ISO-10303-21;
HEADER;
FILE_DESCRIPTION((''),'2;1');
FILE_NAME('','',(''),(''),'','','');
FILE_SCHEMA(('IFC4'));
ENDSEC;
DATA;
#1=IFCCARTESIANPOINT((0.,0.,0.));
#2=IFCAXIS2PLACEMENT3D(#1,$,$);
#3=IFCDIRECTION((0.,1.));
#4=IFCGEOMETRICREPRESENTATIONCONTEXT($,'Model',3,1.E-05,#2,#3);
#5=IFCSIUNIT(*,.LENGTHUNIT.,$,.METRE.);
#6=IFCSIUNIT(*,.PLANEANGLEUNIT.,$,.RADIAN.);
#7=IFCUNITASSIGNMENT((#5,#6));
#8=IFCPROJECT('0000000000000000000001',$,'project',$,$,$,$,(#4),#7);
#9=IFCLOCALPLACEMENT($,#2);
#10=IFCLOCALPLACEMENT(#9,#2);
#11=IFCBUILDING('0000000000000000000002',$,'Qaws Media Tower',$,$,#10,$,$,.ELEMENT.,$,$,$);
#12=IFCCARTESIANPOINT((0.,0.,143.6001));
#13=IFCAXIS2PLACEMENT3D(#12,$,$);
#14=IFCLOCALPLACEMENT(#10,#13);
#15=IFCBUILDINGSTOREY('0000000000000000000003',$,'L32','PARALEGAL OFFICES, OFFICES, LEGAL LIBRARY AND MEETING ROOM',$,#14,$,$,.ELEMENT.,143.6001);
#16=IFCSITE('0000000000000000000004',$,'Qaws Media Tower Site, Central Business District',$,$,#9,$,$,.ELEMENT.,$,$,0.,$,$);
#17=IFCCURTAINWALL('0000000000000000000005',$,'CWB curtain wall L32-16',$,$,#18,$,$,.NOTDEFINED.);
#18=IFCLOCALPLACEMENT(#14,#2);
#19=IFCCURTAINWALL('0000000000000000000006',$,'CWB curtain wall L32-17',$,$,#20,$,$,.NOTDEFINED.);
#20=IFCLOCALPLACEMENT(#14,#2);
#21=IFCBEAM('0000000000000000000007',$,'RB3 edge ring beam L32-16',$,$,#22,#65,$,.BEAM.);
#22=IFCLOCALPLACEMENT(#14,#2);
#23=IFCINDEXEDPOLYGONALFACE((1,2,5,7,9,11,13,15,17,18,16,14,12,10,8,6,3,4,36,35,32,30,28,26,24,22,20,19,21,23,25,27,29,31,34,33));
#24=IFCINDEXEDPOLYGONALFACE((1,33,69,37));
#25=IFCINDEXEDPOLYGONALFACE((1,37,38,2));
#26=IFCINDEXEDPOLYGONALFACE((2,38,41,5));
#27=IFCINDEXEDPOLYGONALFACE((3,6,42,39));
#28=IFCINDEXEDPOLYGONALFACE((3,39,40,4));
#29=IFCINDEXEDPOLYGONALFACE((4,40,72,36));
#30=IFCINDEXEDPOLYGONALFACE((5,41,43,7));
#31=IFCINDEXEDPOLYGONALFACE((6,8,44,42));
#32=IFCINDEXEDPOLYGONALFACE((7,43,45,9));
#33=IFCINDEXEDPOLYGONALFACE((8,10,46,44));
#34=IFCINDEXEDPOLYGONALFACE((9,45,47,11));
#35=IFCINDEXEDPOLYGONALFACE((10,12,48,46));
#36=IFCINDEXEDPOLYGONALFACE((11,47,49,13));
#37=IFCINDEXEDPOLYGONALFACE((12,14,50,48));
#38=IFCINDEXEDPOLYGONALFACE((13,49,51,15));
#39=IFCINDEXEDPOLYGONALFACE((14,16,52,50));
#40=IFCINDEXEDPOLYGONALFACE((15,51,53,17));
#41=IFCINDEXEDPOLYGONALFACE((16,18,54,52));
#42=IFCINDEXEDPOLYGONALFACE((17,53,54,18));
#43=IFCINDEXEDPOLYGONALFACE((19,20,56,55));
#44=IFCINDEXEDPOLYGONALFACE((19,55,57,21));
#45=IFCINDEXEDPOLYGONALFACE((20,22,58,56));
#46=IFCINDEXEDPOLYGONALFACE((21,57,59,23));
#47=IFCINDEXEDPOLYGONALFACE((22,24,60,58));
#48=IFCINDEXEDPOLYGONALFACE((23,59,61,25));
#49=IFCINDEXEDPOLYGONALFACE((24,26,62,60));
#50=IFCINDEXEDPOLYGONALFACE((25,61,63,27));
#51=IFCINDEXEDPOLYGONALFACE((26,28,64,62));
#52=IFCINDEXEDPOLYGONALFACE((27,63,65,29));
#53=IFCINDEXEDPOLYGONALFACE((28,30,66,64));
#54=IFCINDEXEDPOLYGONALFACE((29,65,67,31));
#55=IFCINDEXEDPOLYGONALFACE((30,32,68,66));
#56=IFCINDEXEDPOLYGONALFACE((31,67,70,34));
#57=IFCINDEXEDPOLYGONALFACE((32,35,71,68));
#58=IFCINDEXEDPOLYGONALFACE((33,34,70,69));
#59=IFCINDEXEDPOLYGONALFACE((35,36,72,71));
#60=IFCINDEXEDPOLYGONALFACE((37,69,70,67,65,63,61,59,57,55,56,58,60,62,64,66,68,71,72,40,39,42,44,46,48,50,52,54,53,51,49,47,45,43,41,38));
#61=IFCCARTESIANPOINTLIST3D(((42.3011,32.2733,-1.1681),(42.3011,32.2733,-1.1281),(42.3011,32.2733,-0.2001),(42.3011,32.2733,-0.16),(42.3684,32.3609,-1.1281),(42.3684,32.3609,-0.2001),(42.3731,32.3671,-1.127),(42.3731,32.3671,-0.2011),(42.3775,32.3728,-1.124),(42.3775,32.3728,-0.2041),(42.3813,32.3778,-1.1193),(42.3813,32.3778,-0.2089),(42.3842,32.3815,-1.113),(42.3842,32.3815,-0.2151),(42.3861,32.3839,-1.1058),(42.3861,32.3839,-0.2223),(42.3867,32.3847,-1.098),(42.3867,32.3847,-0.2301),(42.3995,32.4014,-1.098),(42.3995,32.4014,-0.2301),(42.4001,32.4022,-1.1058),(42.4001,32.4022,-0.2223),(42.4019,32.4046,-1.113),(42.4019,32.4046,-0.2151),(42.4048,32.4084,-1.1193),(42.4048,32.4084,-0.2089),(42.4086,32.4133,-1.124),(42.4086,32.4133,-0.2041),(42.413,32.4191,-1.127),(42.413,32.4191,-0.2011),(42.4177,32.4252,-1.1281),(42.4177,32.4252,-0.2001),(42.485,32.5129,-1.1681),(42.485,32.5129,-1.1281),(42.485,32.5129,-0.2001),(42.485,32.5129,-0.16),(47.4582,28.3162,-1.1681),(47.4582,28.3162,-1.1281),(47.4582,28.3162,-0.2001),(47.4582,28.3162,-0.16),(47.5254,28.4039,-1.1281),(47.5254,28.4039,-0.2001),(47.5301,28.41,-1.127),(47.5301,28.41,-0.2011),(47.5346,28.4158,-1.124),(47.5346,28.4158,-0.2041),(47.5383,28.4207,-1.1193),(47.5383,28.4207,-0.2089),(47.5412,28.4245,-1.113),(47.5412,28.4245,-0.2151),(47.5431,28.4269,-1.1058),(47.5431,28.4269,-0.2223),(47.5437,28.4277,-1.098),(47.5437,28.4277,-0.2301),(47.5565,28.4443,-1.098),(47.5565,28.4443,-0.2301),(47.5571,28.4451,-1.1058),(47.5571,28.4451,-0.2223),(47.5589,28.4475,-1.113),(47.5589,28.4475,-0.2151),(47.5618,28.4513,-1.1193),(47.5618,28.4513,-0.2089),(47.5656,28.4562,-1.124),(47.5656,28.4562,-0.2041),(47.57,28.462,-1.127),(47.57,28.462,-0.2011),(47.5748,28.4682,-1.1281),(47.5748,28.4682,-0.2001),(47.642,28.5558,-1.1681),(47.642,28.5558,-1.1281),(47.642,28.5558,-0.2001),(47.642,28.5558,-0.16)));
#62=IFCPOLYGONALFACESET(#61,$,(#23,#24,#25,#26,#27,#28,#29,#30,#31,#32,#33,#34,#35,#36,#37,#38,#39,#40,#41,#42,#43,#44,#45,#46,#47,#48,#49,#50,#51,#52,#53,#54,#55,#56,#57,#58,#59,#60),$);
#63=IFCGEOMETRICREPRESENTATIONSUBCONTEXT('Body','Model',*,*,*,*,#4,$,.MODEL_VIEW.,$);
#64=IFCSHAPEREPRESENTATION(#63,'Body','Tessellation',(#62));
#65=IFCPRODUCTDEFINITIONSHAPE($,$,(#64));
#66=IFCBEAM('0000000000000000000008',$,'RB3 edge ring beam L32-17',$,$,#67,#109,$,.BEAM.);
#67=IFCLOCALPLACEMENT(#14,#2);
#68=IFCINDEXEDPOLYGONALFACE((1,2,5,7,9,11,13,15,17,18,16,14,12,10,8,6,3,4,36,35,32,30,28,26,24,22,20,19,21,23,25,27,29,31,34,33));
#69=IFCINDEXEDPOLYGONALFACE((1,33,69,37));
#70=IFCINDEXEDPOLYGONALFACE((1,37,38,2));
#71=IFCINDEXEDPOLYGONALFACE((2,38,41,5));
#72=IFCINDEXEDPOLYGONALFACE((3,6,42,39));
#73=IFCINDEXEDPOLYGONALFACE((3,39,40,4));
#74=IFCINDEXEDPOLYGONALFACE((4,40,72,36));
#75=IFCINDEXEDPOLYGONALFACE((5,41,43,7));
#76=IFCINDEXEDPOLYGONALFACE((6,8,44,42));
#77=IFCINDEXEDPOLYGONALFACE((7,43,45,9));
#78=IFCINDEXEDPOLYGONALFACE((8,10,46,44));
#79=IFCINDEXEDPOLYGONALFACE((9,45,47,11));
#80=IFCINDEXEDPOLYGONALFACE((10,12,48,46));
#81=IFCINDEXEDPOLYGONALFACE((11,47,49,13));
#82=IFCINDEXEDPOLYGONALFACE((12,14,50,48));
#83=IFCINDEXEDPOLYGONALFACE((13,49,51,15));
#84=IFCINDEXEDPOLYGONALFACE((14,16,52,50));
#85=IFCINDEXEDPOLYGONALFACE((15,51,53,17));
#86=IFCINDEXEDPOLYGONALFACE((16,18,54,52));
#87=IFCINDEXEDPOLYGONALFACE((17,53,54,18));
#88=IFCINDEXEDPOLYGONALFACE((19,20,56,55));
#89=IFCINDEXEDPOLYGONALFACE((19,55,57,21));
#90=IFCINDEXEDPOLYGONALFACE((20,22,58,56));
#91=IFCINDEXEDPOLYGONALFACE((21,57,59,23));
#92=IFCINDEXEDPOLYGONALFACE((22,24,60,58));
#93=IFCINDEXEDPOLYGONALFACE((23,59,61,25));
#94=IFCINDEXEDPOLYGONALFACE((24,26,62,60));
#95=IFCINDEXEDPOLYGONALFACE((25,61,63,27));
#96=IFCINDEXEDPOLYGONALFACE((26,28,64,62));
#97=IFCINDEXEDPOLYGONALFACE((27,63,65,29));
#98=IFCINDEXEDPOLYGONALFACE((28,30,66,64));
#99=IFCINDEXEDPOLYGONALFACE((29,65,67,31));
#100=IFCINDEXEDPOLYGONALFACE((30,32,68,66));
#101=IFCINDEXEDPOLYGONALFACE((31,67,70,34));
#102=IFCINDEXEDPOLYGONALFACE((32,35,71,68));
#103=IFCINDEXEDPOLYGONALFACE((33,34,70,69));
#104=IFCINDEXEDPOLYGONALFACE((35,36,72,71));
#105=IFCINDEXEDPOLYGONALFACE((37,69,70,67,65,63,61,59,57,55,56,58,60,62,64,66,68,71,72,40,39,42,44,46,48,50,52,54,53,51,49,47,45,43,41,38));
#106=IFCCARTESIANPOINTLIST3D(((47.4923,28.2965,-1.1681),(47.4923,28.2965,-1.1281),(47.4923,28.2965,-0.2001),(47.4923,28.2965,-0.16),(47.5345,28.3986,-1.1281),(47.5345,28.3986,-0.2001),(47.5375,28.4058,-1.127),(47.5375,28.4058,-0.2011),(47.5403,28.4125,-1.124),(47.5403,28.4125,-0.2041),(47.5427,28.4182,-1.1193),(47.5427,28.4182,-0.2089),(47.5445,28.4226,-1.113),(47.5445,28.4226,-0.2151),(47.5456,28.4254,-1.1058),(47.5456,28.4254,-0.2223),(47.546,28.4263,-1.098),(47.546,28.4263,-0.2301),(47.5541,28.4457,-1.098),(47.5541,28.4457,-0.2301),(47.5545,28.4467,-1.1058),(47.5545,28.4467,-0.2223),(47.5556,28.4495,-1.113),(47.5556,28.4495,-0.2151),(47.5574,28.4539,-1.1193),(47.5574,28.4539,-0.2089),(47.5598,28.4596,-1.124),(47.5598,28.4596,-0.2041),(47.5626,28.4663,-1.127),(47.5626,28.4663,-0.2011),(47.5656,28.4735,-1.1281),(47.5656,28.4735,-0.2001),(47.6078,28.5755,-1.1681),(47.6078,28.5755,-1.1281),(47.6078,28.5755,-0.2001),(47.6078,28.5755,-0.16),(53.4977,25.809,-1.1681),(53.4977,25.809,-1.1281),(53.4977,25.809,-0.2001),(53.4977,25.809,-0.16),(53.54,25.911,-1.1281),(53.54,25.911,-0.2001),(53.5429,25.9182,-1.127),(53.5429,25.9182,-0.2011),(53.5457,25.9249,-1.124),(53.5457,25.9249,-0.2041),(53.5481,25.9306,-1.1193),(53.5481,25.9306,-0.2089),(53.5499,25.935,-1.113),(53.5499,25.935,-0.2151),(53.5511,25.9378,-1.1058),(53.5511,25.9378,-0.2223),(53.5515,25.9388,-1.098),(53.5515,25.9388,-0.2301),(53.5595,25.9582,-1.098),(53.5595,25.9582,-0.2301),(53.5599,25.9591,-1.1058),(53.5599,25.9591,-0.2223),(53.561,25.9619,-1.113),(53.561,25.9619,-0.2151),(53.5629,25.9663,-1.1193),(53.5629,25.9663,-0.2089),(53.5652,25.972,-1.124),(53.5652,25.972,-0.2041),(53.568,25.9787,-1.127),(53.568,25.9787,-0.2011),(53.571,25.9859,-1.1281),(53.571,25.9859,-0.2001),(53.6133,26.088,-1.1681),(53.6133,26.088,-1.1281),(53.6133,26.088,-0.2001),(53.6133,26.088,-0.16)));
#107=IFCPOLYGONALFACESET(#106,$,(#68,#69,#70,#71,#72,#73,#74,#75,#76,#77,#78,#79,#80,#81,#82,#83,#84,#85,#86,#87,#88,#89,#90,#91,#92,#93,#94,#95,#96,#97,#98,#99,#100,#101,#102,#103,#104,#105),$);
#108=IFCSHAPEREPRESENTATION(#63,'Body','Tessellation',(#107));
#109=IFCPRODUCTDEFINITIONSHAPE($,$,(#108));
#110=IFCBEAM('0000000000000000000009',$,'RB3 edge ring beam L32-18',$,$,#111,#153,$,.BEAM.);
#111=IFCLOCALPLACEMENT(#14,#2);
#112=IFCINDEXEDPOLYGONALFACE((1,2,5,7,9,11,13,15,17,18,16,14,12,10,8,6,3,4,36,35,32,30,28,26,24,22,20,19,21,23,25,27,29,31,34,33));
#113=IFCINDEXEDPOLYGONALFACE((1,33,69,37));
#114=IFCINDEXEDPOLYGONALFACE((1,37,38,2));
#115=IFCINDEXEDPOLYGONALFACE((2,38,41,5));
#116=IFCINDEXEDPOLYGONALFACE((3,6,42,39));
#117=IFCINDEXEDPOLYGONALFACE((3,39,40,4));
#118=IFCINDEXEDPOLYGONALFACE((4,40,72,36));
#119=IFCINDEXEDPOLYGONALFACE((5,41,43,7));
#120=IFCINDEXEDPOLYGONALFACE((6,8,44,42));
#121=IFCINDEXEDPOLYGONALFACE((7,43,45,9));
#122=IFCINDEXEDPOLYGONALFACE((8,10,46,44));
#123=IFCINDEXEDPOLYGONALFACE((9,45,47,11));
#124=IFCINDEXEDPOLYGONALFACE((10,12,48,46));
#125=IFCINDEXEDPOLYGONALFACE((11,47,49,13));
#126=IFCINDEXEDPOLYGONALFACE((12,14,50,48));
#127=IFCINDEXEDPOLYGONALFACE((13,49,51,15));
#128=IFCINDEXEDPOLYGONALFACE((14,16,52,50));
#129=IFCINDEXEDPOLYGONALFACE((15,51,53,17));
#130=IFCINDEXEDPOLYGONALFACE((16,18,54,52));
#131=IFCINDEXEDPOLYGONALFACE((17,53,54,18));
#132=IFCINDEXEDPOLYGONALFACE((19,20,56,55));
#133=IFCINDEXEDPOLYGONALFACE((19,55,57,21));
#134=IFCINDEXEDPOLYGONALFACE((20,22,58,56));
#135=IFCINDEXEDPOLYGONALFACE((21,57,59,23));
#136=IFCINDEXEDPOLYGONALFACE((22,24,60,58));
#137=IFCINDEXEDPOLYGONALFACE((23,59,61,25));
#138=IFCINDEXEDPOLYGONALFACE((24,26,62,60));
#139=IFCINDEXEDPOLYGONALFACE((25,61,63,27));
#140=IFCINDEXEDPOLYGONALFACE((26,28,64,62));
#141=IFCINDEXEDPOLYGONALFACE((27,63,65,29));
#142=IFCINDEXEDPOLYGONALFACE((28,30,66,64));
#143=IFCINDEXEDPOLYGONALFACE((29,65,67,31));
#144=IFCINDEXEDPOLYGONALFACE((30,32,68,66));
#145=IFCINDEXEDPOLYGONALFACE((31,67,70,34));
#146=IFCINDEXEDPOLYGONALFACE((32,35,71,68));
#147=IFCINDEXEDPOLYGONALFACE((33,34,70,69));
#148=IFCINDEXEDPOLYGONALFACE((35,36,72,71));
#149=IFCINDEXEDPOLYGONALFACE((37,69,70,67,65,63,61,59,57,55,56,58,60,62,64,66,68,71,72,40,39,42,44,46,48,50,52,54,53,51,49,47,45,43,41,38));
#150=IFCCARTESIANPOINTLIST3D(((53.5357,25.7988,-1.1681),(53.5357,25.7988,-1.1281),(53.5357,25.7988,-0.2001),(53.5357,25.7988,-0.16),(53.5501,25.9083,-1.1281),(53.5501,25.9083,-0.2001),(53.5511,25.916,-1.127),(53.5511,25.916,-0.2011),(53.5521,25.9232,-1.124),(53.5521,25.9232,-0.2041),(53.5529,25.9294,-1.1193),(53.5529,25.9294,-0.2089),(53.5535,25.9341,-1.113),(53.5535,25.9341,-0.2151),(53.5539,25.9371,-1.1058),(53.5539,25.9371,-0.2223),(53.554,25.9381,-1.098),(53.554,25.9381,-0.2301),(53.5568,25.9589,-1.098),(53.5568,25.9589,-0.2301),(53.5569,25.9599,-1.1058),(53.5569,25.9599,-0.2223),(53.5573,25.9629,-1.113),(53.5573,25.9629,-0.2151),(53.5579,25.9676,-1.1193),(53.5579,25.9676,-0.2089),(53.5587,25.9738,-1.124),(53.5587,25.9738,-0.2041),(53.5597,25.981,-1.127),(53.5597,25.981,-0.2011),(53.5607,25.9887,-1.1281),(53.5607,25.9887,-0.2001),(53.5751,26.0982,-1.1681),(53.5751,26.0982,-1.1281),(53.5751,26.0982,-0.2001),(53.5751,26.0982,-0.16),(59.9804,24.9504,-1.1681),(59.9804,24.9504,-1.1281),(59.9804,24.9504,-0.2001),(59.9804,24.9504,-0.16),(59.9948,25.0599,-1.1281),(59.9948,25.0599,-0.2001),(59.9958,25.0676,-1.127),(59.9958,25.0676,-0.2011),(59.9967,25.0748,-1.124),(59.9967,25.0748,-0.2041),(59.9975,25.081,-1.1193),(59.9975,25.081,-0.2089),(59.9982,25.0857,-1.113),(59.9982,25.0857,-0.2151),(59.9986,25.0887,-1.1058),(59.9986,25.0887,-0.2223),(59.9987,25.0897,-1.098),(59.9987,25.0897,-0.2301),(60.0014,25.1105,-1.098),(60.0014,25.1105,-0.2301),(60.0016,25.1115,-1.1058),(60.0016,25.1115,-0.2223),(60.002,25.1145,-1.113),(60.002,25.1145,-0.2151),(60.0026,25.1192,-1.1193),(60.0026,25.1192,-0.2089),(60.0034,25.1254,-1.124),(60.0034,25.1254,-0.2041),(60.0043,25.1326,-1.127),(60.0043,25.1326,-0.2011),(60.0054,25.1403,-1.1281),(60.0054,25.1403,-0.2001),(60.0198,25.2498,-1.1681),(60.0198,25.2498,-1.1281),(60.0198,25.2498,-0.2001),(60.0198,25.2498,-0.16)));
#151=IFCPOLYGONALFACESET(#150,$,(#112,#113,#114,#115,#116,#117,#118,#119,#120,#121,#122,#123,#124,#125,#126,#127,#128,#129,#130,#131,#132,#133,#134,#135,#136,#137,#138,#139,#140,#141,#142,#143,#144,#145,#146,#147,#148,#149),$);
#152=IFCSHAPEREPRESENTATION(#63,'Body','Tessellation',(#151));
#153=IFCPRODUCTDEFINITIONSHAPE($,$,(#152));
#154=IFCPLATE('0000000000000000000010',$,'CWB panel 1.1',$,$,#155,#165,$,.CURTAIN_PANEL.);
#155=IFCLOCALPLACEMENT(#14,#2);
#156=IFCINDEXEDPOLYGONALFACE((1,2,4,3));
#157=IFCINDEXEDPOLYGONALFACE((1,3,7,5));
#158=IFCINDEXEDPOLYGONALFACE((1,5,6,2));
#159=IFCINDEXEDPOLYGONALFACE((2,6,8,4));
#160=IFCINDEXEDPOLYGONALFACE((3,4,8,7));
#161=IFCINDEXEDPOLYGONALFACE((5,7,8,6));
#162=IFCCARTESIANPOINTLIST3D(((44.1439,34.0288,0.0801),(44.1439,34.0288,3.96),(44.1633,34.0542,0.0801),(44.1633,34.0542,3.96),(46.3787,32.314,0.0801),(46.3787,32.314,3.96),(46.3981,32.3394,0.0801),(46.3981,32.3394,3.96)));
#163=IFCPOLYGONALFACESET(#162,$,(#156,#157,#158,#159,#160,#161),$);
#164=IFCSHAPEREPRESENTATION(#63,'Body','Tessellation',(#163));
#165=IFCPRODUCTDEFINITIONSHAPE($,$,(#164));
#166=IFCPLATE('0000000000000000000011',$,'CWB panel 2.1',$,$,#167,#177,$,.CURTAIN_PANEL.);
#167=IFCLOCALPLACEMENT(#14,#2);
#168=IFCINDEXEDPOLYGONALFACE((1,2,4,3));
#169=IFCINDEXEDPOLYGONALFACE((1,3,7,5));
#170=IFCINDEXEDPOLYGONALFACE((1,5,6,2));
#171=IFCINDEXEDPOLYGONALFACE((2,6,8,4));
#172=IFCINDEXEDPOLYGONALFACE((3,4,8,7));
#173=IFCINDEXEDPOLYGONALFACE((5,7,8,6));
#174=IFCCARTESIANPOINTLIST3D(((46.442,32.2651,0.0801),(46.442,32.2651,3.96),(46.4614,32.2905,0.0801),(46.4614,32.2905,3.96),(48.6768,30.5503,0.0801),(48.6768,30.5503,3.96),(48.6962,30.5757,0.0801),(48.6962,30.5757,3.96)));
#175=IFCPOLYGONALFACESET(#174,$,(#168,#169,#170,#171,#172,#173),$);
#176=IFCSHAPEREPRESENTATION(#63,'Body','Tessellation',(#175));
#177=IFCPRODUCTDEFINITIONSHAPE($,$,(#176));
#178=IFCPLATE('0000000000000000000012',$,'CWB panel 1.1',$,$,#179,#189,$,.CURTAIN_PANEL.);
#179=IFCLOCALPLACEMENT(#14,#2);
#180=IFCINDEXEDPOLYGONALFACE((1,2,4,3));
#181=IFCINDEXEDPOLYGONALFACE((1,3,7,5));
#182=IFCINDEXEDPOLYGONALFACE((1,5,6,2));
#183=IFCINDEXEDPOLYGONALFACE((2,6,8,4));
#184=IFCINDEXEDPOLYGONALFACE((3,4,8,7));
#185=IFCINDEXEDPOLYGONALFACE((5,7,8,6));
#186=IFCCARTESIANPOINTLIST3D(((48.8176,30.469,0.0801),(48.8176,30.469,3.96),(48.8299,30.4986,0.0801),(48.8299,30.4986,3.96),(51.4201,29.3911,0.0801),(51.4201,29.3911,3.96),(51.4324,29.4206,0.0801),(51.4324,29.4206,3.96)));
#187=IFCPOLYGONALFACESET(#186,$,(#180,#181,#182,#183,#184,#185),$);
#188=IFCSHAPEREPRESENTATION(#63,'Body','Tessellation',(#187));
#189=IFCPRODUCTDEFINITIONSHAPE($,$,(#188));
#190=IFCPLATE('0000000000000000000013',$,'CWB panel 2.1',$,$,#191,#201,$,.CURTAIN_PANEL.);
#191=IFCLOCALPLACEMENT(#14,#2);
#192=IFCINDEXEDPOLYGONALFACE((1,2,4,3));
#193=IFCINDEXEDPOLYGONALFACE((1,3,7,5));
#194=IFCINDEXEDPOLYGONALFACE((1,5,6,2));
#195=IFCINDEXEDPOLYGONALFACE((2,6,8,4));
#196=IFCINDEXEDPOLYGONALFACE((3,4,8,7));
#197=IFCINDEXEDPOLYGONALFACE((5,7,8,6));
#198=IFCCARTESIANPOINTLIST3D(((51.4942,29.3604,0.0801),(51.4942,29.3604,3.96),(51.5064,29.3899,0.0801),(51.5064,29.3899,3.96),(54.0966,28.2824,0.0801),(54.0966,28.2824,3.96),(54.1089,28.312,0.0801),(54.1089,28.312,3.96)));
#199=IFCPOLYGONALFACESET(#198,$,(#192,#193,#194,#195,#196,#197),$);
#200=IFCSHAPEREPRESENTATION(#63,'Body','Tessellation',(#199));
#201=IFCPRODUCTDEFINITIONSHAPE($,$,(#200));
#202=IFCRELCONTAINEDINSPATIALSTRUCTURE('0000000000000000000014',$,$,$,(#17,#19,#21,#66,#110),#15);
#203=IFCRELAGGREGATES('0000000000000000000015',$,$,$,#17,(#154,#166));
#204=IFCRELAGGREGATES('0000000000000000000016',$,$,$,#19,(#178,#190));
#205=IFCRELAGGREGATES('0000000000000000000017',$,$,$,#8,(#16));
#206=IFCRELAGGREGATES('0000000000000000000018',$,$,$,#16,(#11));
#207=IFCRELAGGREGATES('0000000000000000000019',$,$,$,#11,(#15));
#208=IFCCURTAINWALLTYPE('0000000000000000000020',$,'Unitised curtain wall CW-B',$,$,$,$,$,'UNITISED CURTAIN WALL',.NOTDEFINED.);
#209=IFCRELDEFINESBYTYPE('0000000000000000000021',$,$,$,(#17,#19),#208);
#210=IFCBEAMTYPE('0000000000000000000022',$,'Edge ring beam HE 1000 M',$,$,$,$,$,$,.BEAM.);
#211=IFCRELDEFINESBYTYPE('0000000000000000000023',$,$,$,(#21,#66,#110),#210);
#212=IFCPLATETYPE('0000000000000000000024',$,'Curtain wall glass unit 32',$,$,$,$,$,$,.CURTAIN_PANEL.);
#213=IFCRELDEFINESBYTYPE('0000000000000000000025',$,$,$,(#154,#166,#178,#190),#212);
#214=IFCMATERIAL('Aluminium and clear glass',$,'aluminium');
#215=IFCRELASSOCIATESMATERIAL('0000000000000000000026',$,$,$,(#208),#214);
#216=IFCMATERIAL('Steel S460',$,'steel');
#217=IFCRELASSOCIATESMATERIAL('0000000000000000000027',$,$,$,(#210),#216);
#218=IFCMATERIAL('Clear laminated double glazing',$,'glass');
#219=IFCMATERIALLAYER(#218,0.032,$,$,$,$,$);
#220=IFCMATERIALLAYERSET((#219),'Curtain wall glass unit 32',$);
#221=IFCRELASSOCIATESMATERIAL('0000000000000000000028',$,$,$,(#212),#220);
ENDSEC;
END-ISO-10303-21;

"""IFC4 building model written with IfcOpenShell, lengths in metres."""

from ifc_helpers import new_model, si_unit, direction, frame, origin, origin_2d, place, context, subcontext, project, spatial, rectangle, i_section, extrude, material, layer, layer_set, material_profile, profile_set, type_object, element, aggregate, save


model = new_model("IFC4")

# Units and contexts
model_context = context("Model", 3, precision=1e-05, world=origin(), true_north=direction((0.0, 1.0)))
body_context = subcontext(model_context, "Body", "Model", "MODEL_VIEW")
ifc_project = project(units=[si_unit("LENGTHUNIT", "METRE"), si_unit("PLANEANGLEUNIT", "RADIAN")], contexts=[model_context])

# Site, building, storey
site_placement = place(None, origin())
site = spatial("IfcSite", under=ifc_project, at=site_placement, Name="Qaws Media Tower Site, Central Business District", CompositionType="ELEMENT", RefElevation=0.0)
building_placement = place(site_placement, origin())
building = spatial("IfcBuilding", under=site, at=building_placement, Name="Qaws Media Tower", CompositionType="ELEMENT")
storey_placement = place(building_placement, frame((0.0, 0.0, 143.6001)))
storey = spatial("IfcBuildingStorey", under=building, at=storey_placement, Name="L32", Description="PARALEGAL OFFICES, OFFICES, LEGAL LIBRARY AND MEETING ROOM", CompositionType="ELEMENT", Elevation=143.6001)

# Curtain walls
ifc_material_1 = material(Name="Aluminium and clear glass", Category="aluminium")
curtain_wall_type = type_object("IfcCurtainWallType", Name="Unitised curtain wall CW-B", ElementType="UNITISED CURTAIN WALL", PredefinedType="NOTDEFINED", material=ifc_material_1)
curtain_wall_1_placement = place(storey_placement, origin())
curtain_wall_1 = element("IfcCurtainWall", 1, at=curtain_wall_1_placement, inside=storey, type_object=curtain_wall_type, Name="CWB curtain wall L32-16", PredefinedType="NOTDEFINED")
curtain_wall_2_placement = place(storey_placement, origin())
curtain_wall_2 = element("IfcCurtainWall", 2, at=curtain_wall_2_placement, inside=storey, type_object=curtain_wall_type, Name="CWB curtain wall L32-17", PredefinedType="NOTDEFINED")

# Beams
ifc_material_2 = material(Name="Steel S460", Category="steel")
ifc_material_profile_1 = material_profile(ifc_material_2, i_section(OverallWidth=0.302, OverallDepth=1.0081, WebThickness=0.021, FlangeThickness=0.04, FilletRadius=0.03, at=origin_2d()), Name="HE 1000 M")
ifc_profile_set_1 = profile_set([ifc_material_profile_1], Name="Steel S460")
beam_type = type_object("IfcBeamType", Name="Edge ring beam HE 1000 M", PredefinedType="BEAM", material=ifc_profile_set_1)
for number, where, z_axis, x_axis, name in (
    (3, (42.3931, 32.3931, -0.6641), (0.793358, -0.608756, 0.0), (0.608756, 0.793358, 0.0), "RB3 edge ring beam L32-16"),
    (4, (47.55, 28.436, -0.6641), (0.923877, -0.382689, 0.0), (0.382689, 0.923877, 0.0), "RB3 edge ring beam L32-17"),
    (5, (53.5554, 25.9485, -0.6641), (0.991446, -0.130518, 0.0), (0.130518, 0.991446, 0.0), "RB3 edge ring beam L32-18"),
):
    element("IfcBeam", number, at=place(storey_placement, frame(where, z_axis=z_axis, x_axis=x_axis)), inside=storey, type_object=beam_type, Name=name, PredefinedType="BEAM", context=body_context, shape_type="SweptSolid", body=[
        extrude(i_section(OverallWidth=0.302, OverallDepth=1.0081, WebThickness=0.021, FlangeThickness=0.04, FilletRadius=0.03, at=origin_2d()), origin(), (0.0, 0.0, 1.0), 6.5002),
    ])

# Plates
ifc_material_3 = material(Name="Clear laminated double glazing", Category="glass")
ifc_layer_1 = layer(ifc_material_3, 0.032)
ifc_layer_set_1 = layer_set([ifc_layer_1], Name="Curtain wall glass unit 32")
plate_type_1 = type_object("IfcPlateType", Name="Curtain wall glass unit 32", PredefinedType="CURTAIN_PANEL", material=ifc_layer_set_1)
plate_1_placement = place(storey_placement, frame((45.271, 33.1841, 0.0801), z_axis=(0.0, 0.0, 1.0), x_axis=(0.793353, -0.608761, 0.0)))
plate_1 = element("IfcPlate", 6, at=plate_1_placement, type_object=plate_type_1, Name="CWB panel 1.1", PredefinedType="CURTAIN_PANEL", context=body_context, shape_type="SweptSolid", body=[
    extrude(rectangle(XDim=2.8169, YDim=0.032, at=origin_2d()), origin(), (0.0, 0.0, 1.0), 3.8799),
])
plate_2_placement = place(storey_placement, frame((47.5691, 31.4204, 0.0801), z_axis=(0.0, 0.0, 1.0), x_axis=(0.793353, -0.608761, 0.0)))
plate_2 = element("IfcPlate", 7, at=plate_2_placement, type_object=plate_type_1, Name="CWB panel 2.1", PredefinedType="CURTAIN_PANEL", context=body_context, shape_type="SweptSolid", body=[
    extrude(rectangle(XDim=2.8169, YDim=0.032, at=origin_2d()), origin(), (0.0, 0.0, 1.0), 3.8799),
])
aggregate(curtain_wall_1, [plate_1, plate_2])
plate_3_placement = place(storey_placement, frame((50.125, 29.9448, 0.0801), z_axis=(0.0, 0.0, 1.0), x_axis=(0.92388, -0.382683, 0.0)))
plate_3 = element("IfcPlate", 8, at=plate_3_placement, type_object=plate_type_1, Name="CWB panel 1.1", PredefinedType="CURTAIN_PANEL", context=body_context, shape_type="SweptSolid", body=[
    extrude(rectangle(XDim=2.8169, YDim=0.032, at=origin_2d()), origin(), (0.0, 0.0, 1.0), 3.8799),
])
plate_4_placement = place(storey_placement, frame((52.8015, 28.8362, 0.0801), z_axis=(0.0, 0.0, 1.0), x_axis=(0.92388, -0.382683, 0.0)))
plate_4 = element("IfcPlate", 9, at=plate_4_placement, type_object=plate_type_1, Name="CWB panel 2.1", PredefinedType="CURTAIN_PANEL", context=body_context, shape_type="SweptSolid", body=[
    extrude(rectangle(XDim=2.8169, YDim=0.032, at=origin_2d()), origin(), (0.0, 0.0, 1.0), 3.8799),
])
aggregate(curtain_wall_2, [plate_3, plate_4])

save(model, "model.ifc")
